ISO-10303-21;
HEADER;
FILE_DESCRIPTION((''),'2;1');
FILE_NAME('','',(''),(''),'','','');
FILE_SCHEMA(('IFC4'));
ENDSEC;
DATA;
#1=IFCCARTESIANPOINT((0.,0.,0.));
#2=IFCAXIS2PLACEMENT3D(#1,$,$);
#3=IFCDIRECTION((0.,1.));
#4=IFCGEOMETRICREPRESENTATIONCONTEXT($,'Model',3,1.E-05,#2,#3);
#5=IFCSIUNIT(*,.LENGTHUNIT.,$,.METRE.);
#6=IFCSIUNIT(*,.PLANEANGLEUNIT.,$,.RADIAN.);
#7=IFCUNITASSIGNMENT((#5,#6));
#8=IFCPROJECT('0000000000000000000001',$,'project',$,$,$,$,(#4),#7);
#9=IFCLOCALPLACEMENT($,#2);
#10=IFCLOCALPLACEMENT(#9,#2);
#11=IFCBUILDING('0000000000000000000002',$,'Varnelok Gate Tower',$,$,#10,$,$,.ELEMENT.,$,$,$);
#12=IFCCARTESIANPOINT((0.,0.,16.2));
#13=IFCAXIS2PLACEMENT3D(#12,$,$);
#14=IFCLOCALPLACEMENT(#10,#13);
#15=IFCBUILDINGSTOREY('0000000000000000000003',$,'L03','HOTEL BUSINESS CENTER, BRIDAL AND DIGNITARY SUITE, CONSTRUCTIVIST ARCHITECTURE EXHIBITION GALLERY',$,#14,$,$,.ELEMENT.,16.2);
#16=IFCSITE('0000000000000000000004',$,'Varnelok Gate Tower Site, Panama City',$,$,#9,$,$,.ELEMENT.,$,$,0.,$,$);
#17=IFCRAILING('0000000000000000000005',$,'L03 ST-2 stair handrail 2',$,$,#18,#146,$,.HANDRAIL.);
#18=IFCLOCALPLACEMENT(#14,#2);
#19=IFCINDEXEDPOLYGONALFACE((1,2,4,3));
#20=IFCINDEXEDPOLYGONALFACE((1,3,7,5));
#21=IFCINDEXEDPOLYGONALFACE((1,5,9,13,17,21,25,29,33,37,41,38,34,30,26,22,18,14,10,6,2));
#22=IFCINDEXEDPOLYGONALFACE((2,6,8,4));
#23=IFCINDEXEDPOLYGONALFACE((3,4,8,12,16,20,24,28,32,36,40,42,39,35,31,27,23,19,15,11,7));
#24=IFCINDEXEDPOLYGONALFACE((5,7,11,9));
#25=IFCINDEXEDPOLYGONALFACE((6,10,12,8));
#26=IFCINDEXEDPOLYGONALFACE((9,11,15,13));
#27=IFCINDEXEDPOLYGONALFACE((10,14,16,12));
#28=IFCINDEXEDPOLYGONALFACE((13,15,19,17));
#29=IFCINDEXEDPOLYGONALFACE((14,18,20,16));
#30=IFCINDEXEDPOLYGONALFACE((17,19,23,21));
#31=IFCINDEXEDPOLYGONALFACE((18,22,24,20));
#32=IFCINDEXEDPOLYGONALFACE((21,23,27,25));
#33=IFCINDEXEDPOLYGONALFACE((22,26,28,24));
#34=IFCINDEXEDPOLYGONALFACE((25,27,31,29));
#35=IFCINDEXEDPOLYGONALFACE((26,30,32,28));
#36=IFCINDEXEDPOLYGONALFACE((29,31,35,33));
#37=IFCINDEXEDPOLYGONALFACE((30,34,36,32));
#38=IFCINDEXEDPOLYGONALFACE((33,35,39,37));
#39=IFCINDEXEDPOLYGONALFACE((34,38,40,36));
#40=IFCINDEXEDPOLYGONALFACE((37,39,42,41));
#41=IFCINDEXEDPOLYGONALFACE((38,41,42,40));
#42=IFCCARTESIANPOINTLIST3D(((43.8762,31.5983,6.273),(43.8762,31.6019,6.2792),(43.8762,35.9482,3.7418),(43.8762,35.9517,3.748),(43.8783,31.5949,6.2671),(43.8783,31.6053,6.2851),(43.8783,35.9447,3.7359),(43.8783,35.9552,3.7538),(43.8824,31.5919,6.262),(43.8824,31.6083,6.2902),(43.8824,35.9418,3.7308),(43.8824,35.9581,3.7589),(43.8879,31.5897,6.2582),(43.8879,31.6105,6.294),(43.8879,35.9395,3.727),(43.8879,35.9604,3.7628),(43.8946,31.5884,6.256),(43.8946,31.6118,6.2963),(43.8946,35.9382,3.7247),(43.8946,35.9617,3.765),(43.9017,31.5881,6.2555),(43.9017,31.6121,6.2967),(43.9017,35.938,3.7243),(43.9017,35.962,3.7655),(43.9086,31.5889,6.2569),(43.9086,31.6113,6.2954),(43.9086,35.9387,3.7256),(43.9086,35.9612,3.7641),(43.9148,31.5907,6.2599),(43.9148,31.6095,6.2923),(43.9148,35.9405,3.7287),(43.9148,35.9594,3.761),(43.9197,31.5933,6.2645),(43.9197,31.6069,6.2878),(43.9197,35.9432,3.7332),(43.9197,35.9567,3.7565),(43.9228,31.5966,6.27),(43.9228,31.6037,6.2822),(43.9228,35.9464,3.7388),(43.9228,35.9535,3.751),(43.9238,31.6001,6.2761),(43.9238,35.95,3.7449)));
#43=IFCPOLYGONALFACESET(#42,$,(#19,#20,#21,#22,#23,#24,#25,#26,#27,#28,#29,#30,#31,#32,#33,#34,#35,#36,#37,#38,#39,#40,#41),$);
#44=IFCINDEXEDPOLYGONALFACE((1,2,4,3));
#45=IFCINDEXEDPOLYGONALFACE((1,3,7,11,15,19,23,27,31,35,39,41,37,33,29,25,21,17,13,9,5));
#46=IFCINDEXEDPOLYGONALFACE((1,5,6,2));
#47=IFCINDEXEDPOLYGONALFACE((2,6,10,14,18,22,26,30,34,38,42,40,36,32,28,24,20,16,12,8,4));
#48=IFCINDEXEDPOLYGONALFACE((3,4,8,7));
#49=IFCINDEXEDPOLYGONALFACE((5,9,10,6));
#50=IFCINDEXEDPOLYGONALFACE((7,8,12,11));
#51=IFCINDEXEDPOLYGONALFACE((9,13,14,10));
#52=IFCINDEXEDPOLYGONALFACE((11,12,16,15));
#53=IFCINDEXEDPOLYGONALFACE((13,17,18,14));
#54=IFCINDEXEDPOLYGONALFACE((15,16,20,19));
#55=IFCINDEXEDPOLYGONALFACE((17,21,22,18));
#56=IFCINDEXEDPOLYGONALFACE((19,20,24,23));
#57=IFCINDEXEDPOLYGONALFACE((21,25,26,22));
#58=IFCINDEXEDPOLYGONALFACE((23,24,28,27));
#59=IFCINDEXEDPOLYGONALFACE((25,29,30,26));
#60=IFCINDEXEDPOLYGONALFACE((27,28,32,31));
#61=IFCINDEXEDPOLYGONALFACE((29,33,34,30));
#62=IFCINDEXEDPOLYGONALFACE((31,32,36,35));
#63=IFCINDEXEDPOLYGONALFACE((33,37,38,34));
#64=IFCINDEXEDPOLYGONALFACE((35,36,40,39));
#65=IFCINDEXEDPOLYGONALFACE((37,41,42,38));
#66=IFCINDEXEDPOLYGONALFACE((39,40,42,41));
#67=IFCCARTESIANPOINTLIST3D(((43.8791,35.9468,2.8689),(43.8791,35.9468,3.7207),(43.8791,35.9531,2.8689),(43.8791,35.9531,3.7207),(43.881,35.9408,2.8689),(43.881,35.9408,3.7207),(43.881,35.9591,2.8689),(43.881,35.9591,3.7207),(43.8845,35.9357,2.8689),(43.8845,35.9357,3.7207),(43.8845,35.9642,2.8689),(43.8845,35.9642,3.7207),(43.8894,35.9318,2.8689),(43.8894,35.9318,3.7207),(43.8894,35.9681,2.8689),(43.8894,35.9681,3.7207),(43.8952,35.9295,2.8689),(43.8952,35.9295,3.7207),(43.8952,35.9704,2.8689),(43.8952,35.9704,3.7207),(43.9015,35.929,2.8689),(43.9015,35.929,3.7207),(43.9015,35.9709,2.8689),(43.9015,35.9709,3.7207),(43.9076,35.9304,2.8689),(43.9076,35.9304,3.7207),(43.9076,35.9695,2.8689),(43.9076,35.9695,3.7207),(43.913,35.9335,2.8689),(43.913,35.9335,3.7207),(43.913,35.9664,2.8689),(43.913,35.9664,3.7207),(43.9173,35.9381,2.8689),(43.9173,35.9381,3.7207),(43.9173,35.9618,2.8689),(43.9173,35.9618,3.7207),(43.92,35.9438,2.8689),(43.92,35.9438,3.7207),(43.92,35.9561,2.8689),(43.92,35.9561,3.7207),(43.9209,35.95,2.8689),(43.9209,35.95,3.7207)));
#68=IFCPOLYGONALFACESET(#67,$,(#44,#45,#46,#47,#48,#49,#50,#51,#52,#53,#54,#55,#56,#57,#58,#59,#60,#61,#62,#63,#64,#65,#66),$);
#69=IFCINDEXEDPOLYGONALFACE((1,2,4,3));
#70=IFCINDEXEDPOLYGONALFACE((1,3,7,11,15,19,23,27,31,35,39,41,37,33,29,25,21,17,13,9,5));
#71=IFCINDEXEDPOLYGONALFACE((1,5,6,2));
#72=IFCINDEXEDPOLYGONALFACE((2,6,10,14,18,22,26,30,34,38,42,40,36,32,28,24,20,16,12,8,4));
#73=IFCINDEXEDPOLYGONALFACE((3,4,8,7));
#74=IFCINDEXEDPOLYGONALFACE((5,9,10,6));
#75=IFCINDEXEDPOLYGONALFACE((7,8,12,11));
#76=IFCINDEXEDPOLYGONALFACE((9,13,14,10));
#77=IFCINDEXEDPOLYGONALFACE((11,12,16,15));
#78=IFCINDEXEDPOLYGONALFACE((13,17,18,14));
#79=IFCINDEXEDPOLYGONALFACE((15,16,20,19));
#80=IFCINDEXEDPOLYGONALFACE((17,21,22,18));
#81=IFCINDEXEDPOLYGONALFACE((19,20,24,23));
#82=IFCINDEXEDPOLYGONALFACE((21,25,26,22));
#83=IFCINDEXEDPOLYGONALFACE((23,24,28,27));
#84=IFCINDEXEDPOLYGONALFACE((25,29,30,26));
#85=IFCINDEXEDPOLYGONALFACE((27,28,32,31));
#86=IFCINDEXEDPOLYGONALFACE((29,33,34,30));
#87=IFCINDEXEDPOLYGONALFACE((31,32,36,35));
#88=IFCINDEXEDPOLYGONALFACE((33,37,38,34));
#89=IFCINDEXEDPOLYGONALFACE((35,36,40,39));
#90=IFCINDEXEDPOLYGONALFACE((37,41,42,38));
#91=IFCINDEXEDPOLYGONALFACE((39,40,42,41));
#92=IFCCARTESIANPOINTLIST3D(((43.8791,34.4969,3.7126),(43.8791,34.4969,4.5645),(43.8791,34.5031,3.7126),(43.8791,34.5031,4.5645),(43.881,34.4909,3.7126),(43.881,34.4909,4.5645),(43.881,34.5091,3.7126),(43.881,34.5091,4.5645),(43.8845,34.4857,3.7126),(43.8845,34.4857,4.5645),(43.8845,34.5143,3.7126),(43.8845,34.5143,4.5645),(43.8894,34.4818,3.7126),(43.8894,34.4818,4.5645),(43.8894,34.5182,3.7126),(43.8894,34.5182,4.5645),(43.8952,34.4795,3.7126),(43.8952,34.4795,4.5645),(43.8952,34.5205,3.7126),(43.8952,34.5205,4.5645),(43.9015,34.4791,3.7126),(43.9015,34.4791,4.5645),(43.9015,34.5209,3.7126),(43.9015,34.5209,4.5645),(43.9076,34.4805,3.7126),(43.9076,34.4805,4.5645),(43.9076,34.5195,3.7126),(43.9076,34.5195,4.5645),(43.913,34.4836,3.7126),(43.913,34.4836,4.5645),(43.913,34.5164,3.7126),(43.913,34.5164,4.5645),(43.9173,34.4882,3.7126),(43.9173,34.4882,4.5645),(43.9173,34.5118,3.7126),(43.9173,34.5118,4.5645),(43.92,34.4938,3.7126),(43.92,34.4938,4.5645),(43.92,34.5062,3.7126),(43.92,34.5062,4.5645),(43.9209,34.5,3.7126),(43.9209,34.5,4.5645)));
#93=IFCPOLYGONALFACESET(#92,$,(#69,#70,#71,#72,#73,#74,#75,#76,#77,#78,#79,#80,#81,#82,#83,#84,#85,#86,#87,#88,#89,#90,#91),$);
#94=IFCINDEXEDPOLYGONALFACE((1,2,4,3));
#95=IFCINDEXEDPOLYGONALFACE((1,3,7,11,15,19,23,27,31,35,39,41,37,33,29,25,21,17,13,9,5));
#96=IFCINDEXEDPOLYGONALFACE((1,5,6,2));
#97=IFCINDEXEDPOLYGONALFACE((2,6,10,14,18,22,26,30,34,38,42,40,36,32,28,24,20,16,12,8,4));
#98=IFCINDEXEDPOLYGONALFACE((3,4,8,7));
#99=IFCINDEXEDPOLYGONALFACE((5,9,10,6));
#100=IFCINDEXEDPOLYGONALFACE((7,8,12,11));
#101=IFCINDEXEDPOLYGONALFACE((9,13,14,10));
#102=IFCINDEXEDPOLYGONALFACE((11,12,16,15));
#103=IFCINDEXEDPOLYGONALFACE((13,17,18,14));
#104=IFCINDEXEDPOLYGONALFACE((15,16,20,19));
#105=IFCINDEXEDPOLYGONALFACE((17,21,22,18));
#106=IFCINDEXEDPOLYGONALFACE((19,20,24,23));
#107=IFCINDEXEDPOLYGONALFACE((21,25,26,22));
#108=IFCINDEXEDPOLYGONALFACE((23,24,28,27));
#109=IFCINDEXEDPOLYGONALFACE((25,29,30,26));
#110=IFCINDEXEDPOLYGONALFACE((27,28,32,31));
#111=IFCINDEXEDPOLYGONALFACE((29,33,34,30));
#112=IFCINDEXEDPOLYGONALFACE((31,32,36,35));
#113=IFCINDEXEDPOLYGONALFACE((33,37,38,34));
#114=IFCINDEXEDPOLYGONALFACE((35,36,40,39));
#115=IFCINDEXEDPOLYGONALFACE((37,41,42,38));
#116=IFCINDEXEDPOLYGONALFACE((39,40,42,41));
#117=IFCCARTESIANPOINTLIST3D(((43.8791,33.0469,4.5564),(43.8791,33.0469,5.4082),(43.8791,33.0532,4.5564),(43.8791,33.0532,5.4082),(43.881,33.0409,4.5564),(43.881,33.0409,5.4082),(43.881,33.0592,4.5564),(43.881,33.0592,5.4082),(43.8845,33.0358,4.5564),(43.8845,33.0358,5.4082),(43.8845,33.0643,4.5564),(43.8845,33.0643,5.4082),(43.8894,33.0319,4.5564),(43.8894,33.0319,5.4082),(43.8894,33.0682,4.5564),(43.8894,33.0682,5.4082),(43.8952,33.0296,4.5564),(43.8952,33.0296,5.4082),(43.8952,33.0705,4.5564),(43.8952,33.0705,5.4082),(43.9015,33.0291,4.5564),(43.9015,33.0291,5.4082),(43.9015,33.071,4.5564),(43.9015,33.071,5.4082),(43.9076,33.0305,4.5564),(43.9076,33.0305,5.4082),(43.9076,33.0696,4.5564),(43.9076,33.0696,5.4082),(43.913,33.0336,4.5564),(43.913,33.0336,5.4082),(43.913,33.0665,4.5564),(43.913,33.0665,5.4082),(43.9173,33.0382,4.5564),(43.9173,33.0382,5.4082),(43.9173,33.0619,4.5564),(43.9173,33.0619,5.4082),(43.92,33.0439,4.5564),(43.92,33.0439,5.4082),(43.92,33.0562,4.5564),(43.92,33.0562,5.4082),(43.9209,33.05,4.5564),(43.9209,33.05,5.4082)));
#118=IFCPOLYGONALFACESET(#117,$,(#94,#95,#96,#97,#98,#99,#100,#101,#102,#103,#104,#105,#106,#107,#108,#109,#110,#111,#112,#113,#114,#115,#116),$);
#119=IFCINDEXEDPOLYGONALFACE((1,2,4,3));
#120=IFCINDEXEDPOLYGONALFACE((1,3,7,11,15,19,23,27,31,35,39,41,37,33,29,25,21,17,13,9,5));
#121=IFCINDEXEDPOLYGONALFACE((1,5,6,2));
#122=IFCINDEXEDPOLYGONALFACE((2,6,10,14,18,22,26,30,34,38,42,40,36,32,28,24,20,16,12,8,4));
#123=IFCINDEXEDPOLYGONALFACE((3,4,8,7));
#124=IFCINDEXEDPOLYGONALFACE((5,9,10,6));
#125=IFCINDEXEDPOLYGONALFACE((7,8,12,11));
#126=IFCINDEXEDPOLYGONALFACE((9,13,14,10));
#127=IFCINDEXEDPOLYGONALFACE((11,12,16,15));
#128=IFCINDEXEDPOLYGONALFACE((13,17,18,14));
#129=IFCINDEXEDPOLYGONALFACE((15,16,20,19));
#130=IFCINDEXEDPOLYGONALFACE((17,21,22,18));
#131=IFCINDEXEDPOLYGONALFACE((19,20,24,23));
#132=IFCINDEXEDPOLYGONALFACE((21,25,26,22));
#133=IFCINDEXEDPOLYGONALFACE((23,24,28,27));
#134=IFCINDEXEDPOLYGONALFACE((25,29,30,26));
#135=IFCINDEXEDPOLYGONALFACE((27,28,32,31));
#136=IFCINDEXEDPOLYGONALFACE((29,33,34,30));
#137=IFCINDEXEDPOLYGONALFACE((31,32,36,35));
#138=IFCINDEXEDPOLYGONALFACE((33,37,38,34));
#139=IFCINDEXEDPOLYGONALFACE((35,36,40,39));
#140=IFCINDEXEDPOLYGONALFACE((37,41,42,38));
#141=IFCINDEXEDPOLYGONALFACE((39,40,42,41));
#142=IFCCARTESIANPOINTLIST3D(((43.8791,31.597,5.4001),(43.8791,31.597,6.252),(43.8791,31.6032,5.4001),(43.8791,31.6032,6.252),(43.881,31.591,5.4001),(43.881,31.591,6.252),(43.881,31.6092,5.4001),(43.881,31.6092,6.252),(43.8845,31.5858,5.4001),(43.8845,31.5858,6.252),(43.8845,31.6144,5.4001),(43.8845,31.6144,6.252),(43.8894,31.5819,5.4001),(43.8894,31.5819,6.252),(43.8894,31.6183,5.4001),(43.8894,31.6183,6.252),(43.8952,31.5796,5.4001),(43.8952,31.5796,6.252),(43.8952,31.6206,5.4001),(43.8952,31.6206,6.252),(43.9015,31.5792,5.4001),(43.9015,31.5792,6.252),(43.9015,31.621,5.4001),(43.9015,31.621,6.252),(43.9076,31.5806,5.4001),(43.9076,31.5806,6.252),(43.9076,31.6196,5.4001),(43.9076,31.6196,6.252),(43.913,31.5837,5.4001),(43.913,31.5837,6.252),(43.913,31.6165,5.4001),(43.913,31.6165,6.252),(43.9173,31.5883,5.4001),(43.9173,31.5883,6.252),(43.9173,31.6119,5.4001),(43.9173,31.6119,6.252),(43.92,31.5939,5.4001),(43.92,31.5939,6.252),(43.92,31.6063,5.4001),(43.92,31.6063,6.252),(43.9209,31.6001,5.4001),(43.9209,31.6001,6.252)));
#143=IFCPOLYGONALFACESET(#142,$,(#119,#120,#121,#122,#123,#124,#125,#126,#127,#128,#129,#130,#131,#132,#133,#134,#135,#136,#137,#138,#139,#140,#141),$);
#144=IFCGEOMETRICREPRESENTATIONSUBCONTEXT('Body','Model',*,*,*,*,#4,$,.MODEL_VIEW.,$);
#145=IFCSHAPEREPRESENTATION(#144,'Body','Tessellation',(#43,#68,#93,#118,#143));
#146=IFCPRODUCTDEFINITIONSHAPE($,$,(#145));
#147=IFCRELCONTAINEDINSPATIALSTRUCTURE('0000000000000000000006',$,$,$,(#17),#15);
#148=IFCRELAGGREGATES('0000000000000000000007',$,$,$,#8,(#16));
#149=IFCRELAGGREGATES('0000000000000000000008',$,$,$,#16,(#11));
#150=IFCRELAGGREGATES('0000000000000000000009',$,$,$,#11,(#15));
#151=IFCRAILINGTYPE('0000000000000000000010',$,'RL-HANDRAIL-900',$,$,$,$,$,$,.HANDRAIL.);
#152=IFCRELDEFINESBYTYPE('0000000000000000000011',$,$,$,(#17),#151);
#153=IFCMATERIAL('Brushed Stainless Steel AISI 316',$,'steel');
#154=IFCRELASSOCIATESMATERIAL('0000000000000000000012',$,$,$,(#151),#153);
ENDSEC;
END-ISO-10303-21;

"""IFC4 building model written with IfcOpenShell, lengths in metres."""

from ifc_helpers import new_model, si_unit, direction, frame, origin, origin_2d, place, context, subcontext, project, spatial, circle, extrude, material, type_object, element, save


model = new_model("IFC4")

# Units and contexts
model_context = context("Model", 3, precision=1e-05, world=origin(), true_north=direction((0.0, 1.0)))
body_context = subcontext(model_context, "Body", "Model", "MODEL_VIEW")
ifc_project = project(units=[si_unit("LENGTHUNIT", "METRE"), si_unit("PLANEANGLEUNIT", "RADIAN")], contexts=[model_context])

# Site, building, storey
site_placement = place(None, origin())
site = spatial("IfcSite", under=ifc_project, at=site_placement, Name="Varnelok Gate Tower Site, Panama City", CompositionType="ELEMENT", RefElevation=0.0)
building_placement = place(site_placement, origin())
building = spatial("IfcBuilding", under=site, at=building_placement, Name="Varnelok Gate Tower", CompositionType="ELEMENT")
storey_placement = place(building_placement, frame((0.0, 0.0, 16.2)))
storey = spatial("IfcBuildingStorey", under=building, at=storey_placement, Name="L03", Description="HOTEL BUSINESS CENTER, BRIDAL AND DIGNITARY SUITE, CONSTRUCTIVIST ARCHITECTURE EXHIBITION GALLERY", CompositionType="ELEMENT", Elevation=16.2)

# Railing
ifc_material_1 = material(Name="Brushed Stainless Steel AISI 316", Category="steel")
railing_type_1 = type_object("IfcRailingType", Name="RL-HANDRAIL-900", PredefinedType="HANDRAIL", material=ifc_material_1)
railing_1_placement = place(storey_placement, frame((43.8999, 35.95, 2.8689)))
element("IfcRailing", 1, at=railing_1_placement, inside=storey, type_object=railing_type_1, Name="L03 ST-2 stair handrail 2", PredefinedType="HANDRAIL", context=body_context, shape_type="SweptSolid", body=[
    extrude(circle(Radius=0.0239, at=origin_2d()), frame((0.0, 0.0, 0.876), z_axis=(0.0, -0.864312, 0.502957), x_axis=(1.0, 0.0, 0.0)), (0.0, 0.0, 1.0), 5.0327),
    extrude(circle(Radius=0.021, at=origin_2d()), origin(), (0.0, 0.0, 1.0), 0.8518),
    extrude(circle(Radius=0.021, at=origin_2d()), frame((0.0, -1.45, 0.8438)), (0.0, 0.0, 1.0), 0.8518),
    extrude(circle(Radius=0.021, at=origin_2d()), frame((0.0, -2.8999, 1.6875)), (0.0, 0.0, 1.0), 0.8518),
    extrude(circle(Radius=0.021, at=origin_2d()), frame((0.0, -4.3499, 2.5312)), (0.0, 0.0, 1.0), 0.8518),
])

save(model, "model.ifc")
